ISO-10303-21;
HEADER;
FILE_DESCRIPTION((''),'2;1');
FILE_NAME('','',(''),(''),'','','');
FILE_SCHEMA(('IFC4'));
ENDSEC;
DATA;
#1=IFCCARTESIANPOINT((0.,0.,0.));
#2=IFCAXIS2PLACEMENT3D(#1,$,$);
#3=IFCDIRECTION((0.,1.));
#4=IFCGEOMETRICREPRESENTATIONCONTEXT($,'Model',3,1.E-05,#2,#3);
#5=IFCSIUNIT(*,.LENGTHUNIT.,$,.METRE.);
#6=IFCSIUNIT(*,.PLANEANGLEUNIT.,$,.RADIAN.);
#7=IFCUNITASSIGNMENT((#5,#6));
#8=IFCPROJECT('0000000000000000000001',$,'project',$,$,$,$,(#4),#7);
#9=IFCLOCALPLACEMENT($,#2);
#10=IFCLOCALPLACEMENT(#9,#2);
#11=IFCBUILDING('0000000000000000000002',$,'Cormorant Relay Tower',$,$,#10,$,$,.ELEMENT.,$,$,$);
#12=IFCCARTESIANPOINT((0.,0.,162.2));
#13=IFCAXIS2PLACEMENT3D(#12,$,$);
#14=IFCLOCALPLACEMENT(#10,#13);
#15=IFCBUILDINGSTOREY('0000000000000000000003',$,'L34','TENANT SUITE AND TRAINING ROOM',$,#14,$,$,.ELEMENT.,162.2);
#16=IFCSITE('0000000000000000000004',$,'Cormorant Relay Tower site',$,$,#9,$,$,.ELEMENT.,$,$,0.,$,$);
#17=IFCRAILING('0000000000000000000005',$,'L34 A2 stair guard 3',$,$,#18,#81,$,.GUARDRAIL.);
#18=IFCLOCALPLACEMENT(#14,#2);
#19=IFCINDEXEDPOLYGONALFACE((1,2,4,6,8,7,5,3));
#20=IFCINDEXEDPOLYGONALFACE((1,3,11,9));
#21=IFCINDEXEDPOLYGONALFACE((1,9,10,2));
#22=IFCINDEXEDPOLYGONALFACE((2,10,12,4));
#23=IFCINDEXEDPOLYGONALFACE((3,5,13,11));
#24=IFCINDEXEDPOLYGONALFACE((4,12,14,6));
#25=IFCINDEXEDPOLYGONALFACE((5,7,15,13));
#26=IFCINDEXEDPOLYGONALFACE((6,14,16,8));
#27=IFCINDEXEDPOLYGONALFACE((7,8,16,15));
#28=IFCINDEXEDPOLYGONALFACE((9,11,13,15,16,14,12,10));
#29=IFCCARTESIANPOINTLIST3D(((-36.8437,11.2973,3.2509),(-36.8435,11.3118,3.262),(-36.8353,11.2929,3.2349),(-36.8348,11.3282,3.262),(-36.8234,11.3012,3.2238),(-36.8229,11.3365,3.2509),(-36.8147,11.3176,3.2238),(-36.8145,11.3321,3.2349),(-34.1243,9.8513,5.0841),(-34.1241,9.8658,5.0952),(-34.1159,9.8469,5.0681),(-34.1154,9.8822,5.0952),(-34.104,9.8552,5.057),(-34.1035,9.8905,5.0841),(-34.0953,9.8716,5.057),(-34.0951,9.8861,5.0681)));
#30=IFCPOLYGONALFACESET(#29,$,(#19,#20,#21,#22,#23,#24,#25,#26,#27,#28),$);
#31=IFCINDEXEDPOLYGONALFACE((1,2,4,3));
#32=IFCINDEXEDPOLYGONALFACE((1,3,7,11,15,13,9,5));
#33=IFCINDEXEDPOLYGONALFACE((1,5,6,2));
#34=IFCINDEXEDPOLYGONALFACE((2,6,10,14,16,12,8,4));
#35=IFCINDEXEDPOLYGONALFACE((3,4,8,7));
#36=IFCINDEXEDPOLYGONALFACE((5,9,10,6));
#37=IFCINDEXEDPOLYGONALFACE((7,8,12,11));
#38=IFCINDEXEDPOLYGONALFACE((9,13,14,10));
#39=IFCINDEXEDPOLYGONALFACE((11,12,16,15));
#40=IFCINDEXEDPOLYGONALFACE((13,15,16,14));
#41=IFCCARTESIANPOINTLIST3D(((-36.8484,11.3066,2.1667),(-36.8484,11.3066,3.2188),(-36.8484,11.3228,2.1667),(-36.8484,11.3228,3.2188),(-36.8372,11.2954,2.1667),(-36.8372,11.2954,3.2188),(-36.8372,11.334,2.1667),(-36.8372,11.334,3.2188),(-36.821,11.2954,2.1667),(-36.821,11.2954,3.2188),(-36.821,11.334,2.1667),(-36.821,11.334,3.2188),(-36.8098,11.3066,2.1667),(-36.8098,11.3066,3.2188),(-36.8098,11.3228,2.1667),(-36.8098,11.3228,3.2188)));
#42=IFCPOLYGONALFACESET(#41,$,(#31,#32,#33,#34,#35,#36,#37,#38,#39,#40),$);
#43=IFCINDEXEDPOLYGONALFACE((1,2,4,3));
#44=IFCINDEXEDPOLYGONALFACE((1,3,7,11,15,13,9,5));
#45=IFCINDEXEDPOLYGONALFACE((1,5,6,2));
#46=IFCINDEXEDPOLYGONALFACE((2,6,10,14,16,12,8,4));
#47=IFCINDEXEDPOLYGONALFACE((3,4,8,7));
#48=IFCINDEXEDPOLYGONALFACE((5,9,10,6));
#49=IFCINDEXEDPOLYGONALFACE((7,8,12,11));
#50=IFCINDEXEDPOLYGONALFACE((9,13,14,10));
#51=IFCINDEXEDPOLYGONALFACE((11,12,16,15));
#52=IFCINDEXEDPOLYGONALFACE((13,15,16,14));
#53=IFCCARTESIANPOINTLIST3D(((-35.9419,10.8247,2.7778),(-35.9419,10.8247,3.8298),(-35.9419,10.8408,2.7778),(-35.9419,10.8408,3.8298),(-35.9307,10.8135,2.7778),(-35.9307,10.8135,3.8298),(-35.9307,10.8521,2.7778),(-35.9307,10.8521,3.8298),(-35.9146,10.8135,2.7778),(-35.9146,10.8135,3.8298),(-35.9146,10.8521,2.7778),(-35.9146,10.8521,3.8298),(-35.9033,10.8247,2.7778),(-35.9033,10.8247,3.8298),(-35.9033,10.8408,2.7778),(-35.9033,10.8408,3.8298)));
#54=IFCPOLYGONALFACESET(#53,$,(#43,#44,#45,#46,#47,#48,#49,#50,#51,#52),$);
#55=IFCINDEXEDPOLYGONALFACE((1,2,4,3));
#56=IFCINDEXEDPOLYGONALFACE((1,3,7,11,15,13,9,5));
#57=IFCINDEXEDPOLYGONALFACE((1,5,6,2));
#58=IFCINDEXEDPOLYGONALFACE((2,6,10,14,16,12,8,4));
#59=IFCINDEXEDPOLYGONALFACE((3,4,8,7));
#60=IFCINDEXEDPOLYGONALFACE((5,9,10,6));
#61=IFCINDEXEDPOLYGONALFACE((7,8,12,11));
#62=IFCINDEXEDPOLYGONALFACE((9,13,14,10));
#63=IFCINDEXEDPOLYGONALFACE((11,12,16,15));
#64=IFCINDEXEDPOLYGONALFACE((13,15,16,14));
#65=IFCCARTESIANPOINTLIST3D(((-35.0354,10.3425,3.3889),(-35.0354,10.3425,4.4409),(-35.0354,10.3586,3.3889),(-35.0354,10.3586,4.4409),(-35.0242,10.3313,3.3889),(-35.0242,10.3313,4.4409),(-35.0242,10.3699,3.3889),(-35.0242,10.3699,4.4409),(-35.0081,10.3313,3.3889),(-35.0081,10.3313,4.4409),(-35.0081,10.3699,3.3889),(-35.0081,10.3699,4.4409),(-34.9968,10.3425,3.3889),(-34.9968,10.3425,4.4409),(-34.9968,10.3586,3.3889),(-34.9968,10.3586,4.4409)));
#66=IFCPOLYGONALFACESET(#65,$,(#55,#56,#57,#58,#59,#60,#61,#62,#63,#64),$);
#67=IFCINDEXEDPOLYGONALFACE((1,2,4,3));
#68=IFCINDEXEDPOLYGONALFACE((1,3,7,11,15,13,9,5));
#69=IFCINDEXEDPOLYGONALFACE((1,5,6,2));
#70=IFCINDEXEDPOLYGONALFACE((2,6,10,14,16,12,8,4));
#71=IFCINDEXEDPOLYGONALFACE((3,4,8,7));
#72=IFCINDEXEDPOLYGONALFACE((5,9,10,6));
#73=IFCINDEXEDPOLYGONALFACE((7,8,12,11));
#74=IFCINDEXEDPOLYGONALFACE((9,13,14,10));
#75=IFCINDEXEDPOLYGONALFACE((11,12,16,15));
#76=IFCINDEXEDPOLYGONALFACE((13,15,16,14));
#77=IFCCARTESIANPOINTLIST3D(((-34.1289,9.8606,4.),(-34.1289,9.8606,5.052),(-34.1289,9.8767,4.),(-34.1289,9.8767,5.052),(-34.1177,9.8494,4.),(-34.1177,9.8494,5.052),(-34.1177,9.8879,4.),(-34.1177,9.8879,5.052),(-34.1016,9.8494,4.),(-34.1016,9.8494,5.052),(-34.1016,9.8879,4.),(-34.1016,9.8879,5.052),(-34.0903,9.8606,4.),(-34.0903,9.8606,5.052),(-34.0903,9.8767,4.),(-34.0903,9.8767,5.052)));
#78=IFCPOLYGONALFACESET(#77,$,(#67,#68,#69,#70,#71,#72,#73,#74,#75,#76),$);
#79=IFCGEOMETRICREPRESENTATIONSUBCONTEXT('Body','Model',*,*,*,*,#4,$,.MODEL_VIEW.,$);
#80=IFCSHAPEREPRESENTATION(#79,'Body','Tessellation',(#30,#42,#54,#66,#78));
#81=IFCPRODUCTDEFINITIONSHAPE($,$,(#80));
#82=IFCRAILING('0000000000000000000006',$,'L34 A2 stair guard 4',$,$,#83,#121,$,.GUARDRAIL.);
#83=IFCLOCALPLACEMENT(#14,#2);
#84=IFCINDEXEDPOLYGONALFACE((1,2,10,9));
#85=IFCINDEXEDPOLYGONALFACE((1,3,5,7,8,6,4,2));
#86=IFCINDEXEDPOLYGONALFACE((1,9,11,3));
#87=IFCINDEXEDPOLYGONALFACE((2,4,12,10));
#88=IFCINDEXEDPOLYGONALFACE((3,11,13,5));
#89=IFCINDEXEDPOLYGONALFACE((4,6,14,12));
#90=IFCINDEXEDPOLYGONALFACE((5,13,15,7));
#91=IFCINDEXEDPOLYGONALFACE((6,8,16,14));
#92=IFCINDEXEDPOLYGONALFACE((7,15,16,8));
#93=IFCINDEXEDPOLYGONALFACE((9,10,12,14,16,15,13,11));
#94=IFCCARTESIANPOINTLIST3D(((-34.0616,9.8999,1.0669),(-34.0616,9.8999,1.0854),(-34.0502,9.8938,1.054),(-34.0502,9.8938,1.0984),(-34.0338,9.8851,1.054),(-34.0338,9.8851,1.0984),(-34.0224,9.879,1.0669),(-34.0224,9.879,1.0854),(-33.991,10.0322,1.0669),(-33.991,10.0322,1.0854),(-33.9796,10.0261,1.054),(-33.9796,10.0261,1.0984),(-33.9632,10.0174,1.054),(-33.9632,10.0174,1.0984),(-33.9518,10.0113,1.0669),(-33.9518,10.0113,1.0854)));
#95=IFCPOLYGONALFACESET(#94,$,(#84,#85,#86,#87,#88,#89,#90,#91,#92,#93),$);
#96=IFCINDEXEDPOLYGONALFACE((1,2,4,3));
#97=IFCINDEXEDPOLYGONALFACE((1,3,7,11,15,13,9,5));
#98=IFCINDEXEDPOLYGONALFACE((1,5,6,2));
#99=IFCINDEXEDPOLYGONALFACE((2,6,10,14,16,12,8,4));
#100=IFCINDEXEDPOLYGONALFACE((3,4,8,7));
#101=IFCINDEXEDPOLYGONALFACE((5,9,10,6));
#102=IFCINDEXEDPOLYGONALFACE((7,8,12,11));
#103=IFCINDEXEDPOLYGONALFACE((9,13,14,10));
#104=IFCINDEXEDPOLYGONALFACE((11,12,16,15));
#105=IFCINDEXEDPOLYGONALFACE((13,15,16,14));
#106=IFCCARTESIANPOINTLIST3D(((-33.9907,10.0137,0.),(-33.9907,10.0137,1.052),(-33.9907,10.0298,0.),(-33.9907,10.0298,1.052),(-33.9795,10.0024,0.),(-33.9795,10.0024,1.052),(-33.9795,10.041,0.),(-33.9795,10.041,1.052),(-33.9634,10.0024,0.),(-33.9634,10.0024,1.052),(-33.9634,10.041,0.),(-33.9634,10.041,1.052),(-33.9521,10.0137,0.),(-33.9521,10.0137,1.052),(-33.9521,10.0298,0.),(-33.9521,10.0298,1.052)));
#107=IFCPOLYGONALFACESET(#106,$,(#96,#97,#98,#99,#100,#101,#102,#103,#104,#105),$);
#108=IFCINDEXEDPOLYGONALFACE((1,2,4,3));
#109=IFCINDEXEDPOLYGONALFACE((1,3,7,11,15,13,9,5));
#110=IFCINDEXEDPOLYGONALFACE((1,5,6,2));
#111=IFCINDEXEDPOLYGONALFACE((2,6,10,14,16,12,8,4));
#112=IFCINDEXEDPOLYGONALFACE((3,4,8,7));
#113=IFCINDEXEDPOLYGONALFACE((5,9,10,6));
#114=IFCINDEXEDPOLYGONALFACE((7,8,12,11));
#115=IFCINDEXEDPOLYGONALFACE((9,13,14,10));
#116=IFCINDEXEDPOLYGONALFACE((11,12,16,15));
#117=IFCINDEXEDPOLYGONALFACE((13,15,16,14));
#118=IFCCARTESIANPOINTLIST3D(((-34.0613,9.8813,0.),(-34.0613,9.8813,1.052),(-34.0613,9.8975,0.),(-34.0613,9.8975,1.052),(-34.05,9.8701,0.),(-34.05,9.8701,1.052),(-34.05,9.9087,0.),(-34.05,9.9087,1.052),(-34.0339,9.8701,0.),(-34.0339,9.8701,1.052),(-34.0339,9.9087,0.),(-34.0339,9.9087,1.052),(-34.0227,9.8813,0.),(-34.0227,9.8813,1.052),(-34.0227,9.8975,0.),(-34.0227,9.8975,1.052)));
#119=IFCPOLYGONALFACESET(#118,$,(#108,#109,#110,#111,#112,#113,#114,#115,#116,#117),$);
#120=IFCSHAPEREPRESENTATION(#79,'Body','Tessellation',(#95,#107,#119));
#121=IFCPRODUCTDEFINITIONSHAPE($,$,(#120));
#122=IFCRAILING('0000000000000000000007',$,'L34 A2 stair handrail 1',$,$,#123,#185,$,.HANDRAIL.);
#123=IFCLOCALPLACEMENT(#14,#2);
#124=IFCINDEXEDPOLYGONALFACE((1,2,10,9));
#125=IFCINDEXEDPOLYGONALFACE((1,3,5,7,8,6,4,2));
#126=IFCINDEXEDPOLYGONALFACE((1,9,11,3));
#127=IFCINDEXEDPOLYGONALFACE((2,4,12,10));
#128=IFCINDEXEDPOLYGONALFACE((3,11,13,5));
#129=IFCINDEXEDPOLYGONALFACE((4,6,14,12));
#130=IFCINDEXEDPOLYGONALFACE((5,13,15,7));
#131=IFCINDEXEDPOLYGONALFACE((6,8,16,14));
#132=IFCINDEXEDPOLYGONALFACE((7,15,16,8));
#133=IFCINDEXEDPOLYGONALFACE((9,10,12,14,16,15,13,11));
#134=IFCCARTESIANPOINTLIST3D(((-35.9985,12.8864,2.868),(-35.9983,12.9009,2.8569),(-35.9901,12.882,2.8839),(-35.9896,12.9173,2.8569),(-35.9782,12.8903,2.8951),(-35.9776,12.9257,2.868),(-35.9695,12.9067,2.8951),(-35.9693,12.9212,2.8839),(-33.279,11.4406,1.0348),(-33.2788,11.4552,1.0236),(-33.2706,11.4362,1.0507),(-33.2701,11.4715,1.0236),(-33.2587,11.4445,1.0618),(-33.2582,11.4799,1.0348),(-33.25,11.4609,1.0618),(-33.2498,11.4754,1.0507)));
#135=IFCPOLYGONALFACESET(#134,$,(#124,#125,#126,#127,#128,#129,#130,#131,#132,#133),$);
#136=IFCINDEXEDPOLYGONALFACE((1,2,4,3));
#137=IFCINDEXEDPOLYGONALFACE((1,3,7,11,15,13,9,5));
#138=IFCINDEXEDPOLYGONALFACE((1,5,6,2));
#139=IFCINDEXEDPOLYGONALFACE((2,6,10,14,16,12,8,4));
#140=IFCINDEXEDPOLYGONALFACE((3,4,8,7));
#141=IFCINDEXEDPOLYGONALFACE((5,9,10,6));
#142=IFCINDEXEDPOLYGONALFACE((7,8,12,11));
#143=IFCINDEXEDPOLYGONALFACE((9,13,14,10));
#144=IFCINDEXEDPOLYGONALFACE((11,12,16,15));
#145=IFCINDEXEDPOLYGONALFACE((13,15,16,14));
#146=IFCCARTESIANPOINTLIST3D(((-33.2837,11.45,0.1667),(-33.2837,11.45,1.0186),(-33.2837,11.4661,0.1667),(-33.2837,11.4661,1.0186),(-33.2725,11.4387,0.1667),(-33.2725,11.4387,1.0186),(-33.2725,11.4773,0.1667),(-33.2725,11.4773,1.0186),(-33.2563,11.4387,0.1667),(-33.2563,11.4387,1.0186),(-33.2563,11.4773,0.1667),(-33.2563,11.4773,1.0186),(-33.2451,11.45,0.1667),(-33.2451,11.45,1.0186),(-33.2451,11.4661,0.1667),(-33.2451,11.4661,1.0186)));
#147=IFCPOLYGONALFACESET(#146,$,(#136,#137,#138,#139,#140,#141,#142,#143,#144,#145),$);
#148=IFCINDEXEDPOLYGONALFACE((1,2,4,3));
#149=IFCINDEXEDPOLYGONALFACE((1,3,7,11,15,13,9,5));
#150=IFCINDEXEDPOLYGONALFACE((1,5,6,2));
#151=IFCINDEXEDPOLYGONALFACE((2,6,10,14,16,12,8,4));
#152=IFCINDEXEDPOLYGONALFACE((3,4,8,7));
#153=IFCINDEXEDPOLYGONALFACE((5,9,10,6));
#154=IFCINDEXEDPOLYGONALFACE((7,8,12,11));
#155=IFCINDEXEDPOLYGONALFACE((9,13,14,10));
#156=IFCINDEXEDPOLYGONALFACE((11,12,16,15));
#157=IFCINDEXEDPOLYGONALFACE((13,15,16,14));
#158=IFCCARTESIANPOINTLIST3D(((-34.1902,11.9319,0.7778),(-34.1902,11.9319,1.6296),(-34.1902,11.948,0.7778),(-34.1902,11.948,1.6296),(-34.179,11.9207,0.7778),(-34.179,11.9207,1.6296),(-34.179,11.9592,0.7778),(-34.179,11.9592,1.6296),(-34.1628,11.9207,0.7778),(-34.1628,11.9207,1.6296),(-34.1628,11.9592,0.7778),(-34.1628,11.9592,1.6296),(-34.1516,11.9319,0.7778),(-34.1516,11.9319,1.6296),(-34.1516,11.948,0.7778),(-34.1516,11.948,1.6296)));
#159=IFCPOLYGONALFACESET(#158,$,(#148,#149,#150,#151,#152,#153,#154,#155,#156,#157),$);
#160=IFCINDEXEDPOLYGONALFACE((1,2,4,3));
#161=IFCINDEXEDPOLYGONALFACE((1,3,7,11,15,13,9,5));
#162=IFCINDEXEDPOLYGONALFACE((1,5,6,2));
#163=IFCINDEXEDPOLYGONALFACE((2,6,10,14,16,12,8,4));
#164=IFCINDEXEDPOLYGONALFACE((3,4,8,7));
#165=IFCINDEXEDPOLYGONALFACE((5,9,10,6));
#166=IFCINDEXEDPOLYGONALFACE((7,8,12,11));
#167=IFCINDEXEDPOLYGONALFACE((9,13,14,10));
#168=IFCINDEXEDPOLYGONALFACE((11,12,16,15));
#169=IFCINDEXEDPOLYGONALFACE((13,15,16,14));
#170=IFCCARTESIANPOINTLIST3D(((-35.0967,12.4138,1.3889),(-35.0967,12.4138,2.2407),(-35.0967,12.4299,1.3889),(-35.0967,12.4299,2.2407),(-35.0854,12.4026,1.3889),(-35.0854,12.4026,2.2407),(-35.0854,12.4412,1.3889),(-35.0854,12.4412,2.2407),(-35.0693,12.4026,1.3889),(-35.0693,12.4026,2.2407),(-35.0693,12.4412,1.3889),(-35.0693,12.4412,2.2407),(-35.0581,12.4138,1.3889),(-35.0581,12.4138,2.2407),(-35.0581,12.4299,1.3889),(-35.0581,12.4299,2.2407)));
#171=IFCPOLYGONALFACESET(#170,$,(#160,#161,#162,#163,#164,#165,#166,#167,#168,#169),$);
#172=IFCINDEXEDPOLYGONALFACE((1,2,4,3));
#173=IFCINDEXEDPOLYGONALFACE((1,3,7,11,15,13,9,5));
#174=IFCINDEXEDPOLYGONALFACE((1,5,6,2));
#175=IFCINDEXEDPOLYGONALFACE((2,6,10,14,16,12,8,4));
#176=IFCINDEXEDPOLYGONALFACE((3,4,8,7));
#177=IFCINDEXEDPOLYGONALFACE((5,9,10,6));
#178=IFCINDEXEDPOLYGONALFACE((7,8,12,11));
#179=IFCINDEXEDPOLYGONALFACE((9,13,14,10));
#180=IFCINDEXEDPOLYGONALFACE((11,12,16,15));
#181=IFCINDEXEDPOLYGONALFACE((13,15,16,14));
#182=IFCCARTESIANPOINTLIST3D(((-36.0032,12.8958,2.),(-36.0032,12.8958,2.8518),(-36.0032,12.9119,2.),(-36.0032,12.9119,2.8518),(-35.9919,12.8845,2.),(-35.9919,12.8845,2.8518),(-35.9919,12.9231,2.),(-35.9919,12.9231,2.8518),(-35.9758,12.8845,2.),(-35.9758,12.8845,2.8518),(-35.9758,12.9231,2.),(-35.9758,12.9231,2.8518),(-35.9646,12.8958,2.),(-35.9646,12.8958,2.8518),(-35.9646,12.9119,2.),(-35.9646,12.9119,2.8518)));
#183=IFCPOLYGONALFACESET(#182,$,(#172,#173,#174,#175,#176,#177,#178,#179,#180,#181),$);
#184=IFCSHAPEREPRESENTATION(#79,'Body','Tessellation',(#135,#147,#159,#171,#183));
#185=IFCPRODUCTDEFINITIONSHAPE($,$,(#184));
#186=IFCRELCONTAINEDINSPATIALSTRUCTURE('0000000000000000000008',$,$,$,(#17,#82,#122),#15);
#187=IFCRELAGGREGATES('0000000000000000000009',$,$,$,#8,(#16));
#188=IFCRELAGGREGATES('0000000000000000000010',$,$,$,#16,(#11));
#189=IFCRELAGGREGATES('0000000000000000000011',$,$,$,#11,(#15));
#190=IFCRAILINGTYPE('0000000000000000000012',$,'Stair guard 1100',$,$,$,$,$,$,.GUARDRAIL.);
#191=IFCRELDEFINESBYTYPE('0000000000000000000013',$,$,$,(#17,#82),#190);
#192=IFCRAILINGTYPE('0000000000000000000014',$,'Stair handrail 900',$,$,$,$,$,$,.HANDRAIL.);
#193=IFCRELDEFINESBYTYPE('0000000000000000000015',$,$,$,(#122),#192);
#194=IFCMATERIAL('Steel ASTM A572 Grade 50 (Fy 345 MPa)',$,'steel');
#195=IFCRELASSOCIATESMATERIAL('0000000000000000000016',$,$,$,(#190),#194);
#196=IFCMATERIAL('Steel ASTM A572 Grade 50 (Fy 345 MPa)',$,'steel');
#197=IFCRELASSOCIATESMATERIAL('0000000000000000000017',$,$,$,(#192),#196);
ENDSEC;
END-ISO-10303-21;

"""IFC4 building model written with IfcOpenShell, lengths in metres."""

from ifc_helpers import new_model, si_unit, direction, frame, origin, place, context, subcontext, project, spatial, polyline, outline, extrude, material, type_object, element, save


model = new_model("IFC4")

# Units and contexts
model_context = context("Model", 3, precision=1e-05, world=origin(), true_north=direction((0.0, 1.0)))
body_context = subcontext(model_context, "Body", "Model", "MODEL_VIEW")
ifc_project = project(units=[si_unit("LENGTHUNIT", "METRE"), si_unit("PLANEANGLEUNIT", "RADIAN")], contexts=[model_context])

# Site, building, storey
site_placement = place(None, origin())
site = spatial("IfcSite", under=ifc_project, at=site_placement, Name="Cormorant Relay Tower site", CompositionType="ELEMENT", RefElevation=0.0)
building_placement = place(site_placement, origin())
building = spatial("IfcBuilding", under=site, at=building_placement, Name="Cormorant Relay Tower", CompositionType="ELEMENT")
storey_placement = place(building_placement, frame((0.0, 0.0, 162.2)))
storey = spatial("IfcBuildingStorey", under=building, at=storey_placement, Name="L34", Description="TENANT SUITE AND TRAINING ROOM", CompositionType="ELEMENT", Elevation=162.2)

# Railings
ifc_material_1 = material(Name="Steel ASTM A572 Grade 50 (Fy 345 MPa)", Category="steel")
railing_type_1 = type_object("IfcRailingType", Name="Stair guard 1100", PredefinedType="GUARDRAIL", material=ifc_material_1)
railing_1_placement = place(storey_placement, frame((-36.8291, 11.3147, 2.1667)))
element("IfcRailing", 1, at=railing_1_placement, inside=storey, type_object=railing_type_1, Name="L34 A2 stair guard 3", PredefinedType="GUARDRAIL", context=body_context, shape_type="SweptSolid", body=[
    extrude(outline(polyline([(0.0222, 0.0093), (0.0093, 0.0222), (-0.0093, 0.0222), (-0.0222, 0.0093), (-0.0222, -0.0093), (-0.0093, -0.0222), (0.0093, -0.0222), (0.0222, -0.0093), (0.0222, 0.0093)])), frame((0.0, 0.0, 1.0762), z_axis=(0.758714, -0.403435, 0.511463), x_axis=(0.469489, 0.882938, 0.0)), (0.0, 0.0, 1.0), 3.5842),
    extrude(outline(polyline([(0.0193, 0.0081), (0.0081, 0.0193), (-0.0081, 0.0193), (-0.0193, 0.0081), (-0.0193, -0.0081), (-0.0081, -0.0193), (0.0081, -0.0193), (0.0193, -0.0081), (0.0193, 0.0081)])), origin(), (0.0, 0.0, 1.0), 1.052),
    extrude(outline(polyline([(0.0193, 0.0081), (0.0081, 0.0193), (-0.0081, 0.0193), (-0.0193, 0.0081), (-0.0193, -0.0081), (-0.0081, -0.0193), (0.0081, -0.0193), (0.0193, -0.0081), (0.0193, 0.0081)])), frame((0.9065, -0.4819, 0.6111)), (0.0, 0.0, 1.0), 1.052),
    extrude(outline(polyline([(0.0193, 0.0081), (0.0081, 0.0193), (-0.0081, 0.0193), (-0.0193, 0.0081), (-0.0193, -0.0081), (-0.0081, -0.0193), (0.0081, -0.0193), (0.0193, -0.0081), (0.0193, 0.0081)])), frame((1.813, -0.9641, 1.2222)), (0.0, 0.0, 1.0), 1.052),
    extrude(outline(polyline([(0.0193, 0.0081), (0.0081, 0.0193), (-0.0081, 0.0193), (-0.0193, 0.0081), (-0.0193, -0.0081), (-0.0081, -0.0193), (0.0081, -0.0193), (0.0193, -0.0081), (0.0193, 0.0081)])), frame((2.7195, -1.446, 1.8333)), (0.0, 0.0, 1.0), 1.052),
])
railing_2_placement = place(storey_placement, frame((-33.9714, 10.0217, 0.0)))
element("IfcRailing", 2, at=railing_2_placement, inside=storey, type_object=railing_type_1, Name="L34 A2 stair guard 4", PredefinedType="GUARDRAIL", context=body_context, shape_type="SweptSolid", body=[
    extrude(outline(polyline([(0.0222, 0.0093), (0.0093, 0.0222), (-0.0093, 0.0222), (-0.0222, 0.0093), (-0.0222, -0.0093), (-0.0093, -0.0222), (0.0093, -0.0222), (0.0222, -0.0093), (0.0222, 0.0093)])), frame((0.0, 0.0, 1.0762), z_axis=(-0.470504, -0.882398, 0.0), x_axis=(0.882398, -0.470504, 0.0)), (0.0, 0.0, 1.0), 0.1499),
    extrude(outline(polyline([(0.0193, 0.0081), (0.0081, 0.0193), (-0.0081, 0.0193), (-0.0193, 0.0081), (-0.0193, -0.0081), (-0.0081, -0.0193), (0.0081, -0.0193), (0.0193, -0.0081), (0.0193, 0.0081)])), origin(), (0.0, 0.0, 1.0), 1.052),
    extrude(outline(polyline([(0.0193, 0.0081), (0.0081, 0.0193), (-0.0081, 0.0193), (-0.0193, 0.0081), (-0.0193, -0.0081), (-0.0081, -0.0193), (0.0081, -0.0193), (0.0193, -0.0081), (0.0193, 0.0081)])), frame((-0.0706, -0.1323, 0.0)), (0.0, 0.0, 1.0), 1.052),
])
ifc_material_2 = material(Name="Steel ASTM A572 Grade 50 (Fy 345 MPa)", Category="steel")
railing_type_2 = type_object("IfcRailingType", Name="Stair handrail 900", PredefinedType="HANDRAIL", material=ifc_material_2)
railing_3_placement = place(storey_placement, frame((-33.2644, 11.458, 0.1667)))
element("IfcRailing", 3, at=railing_3_placement, inside=storey, type_object=railing_type_2, Name="L34 A2 stair handrail 1", PredefinedType="HANDRAIL", context=body_context, shape_type="SweptSolid", body=[
    extrude(outline(polyline([(0.0222, 0.0093), (0.0093, 0.0222), (-0.0093, 0.0222), (-0.0222, 0.0093), (-0.0222, -0.0093), (-0.0093, -0.0222), (0.0093, -0.0222), (0.0222, -0.0093), (0.0222, 0.0093)])), frame((0.0, 0.0, 0.876), z_axis=(-0.758735, 0.403378, 0.511477), x_axis=(-0.469428, -0.882971, 0.0)), (0.0, 0.0, 1.0), 3.5842),
    extrude(outline(polyline([(0.0193, 0.0081), (0.0081, 0.0193), (-0.0081, 0.0193), (-0.0193, 0.0081), (-0.0193, -0.0081), (-0.0081, -0.0193), (0.0081, -0.0193), (0.0193, -0.0081), (0.0193, 0.0081)])), origin(), (0.0, 0.0, 1.0), 0.8518),
    extrude(outline(polyline([(0.0193, 0.0081), (0.0081, 0.0193), (-0.0081, 0.0193), (-0.0193, 0.0081), (-0.0193, -0.0081), (-0.0081, -0.0193), (0.0081, -0.0193), (0.0193, -0.0081), (0.0193, 0.0081)])), frame((-0.9065, 0.4819, 0.6111)), (0.0, 0.0, 1.0), 0.8518),
    extrude(outline(polyline([(0.0193, 0.0081), (0.0081, 0.0193), (-0.0081, 0.0193), (-0.0193, 0.0081), (-0.0193, -0.0081), (-0.0081, -0.0193), (0.0081, -0.0193), (0.0193, -0.0081), (0.0193, 0.0081)])), frame((-1.813, 0.9639, 1.2222)), (0.0, 0.0, 1.0), 0.8518),
    extrude(outline(polyline([(0.0193, 0.0081), (0.0081, 0.0193), (-0.0081, 0.0193), (-0.0193, 0.0081), (-0.0193, -0.0081), (-0.0081, -0.0193), (0.0081, -0.0193), (0.0193, -0.0081), (0.0193, 0.0081)])), frame((-2.7195, 1.4458, 1.8333)), (0.0, 0.0, 1.0), 0.8518),
])

save(model, "model.ifc")
